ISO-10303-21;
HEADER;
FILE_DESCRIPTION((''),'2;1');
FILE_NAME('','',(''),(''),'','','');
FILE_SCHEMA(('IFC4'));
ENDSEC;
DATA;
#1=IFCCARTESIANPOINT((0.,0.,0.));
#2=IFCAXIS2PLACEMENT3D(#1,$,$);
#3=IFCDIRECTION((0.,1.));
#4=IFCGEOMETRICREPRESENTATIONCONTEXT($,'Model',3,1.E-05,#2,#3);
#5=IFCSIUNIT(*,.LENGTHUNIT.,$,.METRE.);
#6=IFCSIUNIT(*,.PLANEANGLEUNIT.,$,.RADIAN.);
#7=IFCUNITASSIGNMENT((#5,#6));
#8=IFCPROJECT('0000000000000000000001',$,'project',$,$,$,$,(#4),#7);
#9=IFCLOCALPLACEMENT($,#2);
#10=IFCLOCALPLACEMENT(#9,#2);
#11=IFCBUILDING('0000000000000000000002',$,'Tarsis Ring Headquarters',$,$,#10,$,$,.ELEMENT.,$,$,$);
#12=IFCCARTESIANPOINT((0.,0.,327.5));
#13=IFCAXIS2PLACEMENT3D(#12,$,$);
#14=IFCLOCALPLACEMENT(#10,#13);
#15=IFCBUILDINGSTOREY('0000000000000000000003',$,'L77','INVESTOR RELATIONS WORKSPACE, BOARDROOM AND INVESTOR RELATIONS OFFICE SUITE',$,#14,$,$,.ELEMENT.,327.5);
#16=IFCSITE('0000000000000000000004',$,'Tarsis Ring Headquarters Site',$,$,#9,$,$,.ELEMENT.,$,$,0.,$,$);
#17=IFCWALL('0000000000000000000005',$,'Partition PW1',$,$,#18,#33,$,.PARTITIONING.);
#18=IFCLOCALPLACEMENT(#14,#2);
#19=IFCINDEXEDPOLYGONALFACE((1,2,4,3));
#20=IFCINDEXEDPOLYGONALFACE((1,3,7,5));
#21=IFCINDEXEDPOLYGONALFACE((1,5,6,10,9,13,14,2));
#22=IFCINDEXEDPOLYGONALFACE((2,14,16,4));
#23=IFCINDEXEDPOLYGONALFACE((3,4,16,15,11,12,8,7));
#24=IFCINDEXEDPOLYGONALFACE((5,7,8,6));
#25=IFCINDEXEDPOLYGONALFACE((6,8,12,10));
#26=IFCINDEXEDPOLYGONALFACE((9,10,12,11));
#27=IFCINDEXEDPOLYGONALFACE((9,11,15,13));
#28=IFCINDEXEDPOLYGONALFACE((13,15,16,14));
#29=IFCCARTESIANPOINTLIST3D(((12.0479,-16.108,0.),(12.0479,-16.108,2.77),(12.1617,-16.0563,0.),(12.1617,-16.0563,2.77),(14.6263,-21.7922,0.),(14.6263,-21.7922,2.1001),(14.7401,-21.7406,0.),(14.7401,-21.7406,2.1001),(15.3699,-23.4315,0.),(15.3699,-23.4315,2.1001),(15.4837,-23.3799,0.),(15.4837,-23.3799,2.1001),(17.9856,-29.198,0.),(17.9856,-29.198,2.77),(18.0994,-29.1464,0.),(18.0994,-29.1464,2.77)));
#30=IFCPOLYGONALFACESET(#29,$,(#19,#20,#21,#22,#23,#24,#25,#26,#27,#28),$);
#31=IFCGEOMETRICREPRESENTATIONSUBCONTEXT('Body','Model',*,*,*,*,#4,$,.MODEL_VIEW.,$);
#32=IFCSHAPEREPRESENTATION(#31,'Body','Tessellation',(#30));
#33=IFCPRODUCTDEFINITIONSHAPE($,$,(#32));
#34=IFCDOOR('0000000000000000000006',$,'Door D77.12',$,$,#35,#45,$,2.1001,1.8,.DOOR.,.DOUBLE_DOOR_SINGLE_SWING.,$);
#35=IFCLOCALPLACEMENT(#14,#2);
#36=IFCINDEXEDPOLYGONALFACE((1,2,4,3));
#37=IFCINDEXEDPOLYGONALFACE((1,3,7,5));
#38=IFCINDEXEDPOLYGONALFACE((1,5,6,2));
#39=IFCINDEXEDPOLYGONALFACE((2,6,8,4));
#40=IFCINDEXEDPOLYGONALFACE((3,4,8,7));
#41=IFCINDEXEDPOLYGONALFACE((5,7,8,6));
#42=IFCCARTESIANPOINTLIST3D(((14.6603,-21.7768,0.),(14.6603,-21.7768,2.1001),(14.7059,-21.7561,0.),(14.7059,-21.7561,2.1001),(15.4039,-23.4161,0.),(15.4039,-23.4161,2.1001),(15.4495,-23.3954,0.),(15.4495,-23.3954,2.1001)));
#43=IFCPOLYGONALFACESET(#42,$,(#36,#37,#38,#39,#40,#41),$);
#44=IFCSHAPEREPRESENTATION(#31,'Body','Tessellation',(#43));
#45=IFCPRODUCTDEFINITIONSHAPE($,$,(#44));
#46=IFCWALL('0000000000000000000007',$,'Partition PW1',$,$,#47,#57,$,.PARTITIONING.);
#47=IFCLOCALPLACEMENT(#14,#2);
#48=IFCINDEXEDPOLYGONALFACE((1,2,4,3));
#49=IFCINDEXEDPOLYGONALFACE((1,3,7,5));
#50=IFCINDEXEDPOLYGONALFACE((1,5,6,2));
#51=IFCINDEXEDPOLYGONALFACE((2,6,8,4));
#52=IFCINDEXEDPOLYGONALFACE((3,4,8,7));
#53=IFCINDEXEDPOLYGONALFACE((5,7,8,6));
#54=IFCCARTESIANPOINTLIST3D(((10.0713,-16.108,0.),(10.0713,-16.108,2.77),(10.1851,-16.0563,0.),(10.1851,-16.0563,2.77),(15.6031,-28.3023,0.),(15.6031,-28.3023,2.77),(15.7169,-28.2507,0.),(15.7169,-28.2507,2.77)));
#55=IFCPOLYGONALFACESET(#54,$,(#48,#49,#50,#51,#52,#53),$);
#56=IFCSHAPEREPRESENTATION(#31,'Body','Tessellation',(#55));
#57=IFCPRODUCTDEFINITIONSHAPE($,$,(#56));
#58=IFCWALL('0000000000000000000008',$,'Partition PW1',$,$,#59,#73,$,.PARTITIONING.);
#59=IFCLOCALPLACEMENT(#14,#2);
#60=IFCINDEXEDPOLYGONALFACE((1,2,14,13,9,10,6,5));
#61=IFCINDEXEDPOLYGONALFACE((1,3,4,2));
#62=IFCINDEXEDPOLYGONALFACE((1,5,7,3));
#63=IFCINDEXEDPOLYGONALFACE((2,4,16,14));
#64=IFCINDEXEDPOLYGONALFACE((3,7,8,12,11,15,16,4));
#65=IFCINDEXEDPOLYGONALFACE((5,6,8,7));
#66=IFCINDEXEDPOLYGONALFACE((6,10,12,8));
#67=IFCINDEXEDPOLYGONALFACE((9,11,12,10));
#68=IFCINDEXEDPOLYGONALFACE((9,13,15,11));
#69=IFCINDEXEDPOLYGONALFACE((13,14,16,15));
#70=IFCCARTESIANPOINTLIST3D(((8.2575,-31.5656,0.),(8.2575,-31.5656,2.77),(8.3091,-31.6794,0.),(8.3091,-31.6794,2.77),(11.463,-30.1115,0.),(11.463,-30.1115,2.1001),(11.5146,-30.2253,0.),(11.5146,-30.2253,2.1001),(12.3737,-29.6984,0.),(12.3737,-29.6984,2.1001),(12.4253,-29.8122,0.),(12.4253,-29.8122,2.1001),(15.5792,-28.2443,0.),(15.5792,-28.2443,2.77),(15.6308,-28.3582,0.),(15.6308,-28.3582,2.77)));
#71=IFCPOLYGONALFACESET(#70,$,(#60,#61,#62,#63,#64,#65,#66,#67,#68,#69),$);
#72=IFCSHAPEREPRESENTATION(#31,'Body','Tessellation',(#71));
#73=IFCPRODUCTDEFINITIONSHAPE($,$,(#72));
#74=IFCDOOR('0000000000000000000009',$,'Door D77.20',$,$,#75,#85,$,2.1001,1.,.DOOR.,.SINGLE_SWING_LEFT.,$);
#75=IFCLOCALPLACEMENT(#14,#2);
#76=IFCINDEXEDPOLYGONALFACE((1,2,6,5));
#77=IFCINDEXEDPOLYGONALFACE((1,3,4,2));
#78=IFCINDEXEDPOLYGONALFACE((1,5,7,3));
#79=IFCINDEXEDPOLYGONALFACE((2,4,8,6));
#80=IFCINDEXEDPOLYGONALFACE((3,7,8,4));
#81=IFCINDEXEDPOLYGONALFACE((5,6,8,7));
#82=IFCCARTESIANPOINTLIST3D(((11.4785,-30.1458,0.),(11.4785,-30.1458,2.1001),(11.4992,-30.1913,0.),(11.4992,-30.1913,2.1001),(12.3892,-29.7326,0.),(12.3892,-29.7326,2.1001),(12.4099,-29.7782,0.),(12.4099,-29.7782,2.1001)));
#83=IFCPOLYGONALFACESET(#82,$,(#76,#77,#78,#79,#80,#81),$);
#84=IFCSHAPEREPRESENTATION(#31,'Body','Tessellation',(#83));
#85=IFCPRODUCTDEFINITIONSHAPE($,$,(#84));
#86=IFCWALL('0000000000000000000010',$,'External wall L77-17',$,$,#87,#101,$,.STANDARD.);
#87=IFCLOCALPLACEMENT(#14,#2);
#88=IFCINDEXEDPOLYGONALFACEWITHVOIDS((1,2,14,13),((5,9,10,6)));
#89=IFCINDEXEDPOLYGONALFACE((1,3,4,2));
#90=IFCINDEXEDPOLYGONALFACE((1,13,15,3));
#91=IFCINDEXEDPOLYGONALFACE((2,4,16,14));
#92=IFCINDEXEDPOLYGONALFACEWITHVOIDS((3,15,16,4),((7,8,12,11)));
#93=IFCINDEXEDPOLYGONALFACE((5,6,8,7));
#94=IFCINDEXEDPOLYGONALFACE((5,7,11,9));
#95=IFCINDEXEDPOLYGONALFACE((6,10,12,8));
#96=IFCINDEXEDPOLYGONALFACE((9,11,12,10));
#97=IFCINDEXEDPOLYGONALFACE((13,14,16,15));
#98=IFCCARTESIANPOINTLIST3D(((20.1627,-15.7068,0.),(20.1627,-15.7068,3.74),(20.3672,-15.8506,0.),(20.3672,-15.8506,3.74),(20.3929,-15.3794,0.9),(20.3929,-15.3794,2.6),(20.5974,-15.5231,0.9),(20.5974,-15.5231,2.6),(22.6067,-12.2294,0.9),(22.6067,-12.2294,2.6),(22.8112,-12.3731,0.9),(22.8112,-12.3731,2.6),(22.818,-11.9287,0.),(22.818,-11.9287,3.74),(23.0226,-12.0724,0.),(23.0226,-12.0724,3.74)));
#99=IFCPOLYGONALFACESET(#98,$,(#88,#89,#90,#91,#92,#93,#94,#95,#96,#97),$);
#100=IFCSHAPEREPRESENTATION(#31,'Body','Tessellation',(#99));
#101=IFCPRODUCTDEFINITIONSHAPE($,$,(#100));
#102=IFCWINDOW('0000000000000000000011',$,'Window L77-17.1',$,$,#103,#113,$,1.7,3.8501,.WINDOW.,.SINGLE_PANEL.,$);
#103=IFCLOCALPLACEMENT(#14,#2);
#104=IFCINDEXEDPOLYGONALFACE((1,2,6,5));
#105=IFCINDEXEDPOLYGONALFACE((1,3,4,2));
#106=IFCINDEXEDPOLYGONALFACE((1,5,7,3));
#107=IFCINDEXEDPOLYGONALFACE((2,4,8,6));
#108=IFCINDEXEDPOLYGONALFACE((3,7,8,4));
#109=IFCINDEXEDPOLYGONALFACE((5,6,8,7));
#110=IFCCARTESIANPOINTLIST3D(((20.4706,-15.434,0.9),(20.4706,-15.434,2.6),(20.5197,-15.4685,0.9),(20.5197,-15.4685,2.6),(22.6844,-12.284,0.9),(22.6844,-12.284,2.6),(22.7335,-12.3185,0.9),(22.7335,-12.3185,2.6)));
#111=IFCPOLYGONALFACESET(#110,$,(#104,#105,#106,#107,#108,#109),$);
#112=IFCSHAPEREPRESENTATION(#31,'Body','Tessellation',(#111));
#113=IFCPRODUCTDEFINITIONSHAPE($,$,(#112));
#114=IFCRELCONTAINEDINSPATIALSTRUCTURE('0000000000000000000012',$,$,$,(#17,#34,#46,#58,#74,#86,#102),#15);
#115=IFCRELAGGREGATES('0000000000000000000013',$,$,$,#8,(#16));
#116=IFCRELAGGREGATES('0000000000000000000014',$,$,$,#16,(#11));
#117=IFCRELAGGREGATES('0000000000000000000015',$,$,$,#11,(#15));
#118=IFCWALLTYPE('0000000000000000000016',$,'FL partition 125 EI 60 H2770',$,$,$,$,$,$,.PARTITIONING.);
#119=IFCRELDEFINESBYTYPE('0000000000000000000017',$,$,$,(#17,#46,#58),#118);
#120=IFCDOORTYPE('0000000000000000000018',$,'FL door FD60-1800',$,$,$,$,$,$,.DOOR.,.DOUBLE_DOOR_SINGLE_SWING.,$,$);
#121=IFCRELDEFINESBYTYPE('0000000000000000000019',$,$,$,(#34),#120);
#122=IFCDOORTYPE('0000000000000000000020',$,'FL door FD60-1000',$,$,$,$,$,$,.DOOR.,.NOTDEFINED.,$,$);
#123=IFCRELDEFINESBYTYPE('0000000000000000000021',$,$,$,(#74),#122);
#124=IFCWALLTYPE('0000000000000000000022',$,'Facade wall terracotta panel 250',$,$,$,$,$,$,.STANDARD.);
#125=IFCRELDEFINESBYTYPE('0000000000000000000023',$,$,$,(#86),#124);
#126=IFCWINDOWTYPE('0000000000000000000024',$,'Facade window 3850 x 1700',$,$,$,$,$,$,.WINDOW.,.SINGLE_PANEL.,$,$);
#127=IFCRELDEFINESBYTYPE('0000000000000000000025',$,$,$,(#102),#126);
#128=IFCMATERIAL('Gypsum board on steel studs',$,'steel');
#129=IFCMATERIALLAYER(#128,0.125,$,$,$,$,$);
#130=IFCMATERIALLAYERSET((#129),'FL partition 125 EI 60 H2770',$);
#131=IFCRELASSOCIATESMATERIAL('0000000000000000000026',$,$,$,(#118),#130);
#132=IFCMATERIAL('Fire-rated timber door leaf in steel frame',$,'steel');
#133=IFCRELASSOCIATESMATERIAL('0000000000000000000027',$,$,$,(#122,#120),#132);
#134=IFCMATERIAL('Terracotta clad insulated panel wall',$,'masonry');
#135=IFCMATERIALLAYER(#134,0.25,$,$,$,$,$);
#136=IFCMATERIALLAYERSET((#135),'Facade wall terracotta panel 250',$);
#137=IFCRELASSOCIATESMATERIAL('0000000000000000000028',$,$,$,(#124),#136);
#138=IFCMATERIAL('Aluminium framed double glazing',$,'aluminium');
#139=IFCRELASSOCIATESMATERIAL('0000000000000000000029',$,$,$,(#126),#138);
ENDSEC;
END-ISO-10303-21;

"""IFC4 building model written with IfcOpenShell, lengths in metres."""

from ifc_helpers import new_model, si_unit, direction, frame, frame_2d, origin, place, context, subcontext, project, spatial, rectangle, extrude, material, layer, layer_set, type_object, element, fill, save


model = new_model("IFC4")

# Units and contexts
model_context = context("Model", 3, precision=1e-05, world=origin(), true_north=direction((0.0, 1.0)))
body_context = subcontext(model_context, "Body", "Model", "MODEL_VIEW")
ifc_project = project(units=[si_unit("LENGTHUNIT", "METRE"), si_unit("PLANEANGLEUNIT", "RADIAN")], contexts=[model_context])

# Site, building, storey
site_placement = place(None, origin())
site = spatial("IfcSite", under=ifc_project, at=site_placement, Name="Tarsis Ring Headquarters Site", CompositionType="ELEMENT", RefElevation=0.0)
building_placement = place(site_placement, origin())
building = spatial("IfcBuilding", under=site, at=building_placement, Name="Tarsis Ring Headquarters", CompositionType="ELEMENT")
storey_placement = place(building_placement, frame((0.0, 0.0, 327.5)))
storey = spatial("IfcBuildingStorey", under=building, at=storey_placement, Name="L77", Description="INVESTOR RELATIONS WORKSPACE, BOARDROOM AND INVESTOR RELATIONS OFFICE SUITE", CompositionType="ELEMENT", Elevation=327.5)

# Shared definitions
ifc_material_1 = material(Name="Gypsum board on steel studs", Category="steel")

# Shared definitions
ifc_layer_1 = layer(ifc_material_1, 0.125)
ifc_layer_set_1 = layer_set([ifc_layer_1], Name="FL partition 125 EI 60 H2770")
wall_type_1 = type_object("IfcWallType", Name="FL partition 125 EI 60 H2770", PredefinedType="PARTITIONING", material=ifc_layer_set_1)
ifc_material_2 = material(Name="Fire-rated timber door leaf in steel frame", Category="steel")
door_type_1 = type_object("IfcDoorType", Name="FL door FD60-1000", OperationType="NOTDEFINED", PredefinedType="DOOR", material=ifc_material_2)
door_type_2 = type_object("IfcDoorType", Name="FL door FD60-1800", OperationType="DOUBLE_DOOR_SINGLE_SWING", PredefinedType="DOOR", material=ifc_material_2)

# Wall, opening, door
wall_1_placement = place(storey_placement, frame((12.1047, -16.082, 0.0), z_axis=(0.0, 0.0, 1.0), x_axis=(0.413094, -0.910688, 0.0)))
wall_1 = element("IfcWall", 1, at=wall_1_placement, inside=storey, type_object=wall_type_1, Name="Partition PW1", PredefinedType="PARTITIONING", context=body_context, shape_type="SweptSolid", body=[
    extrude(rectangle(XDim=14.3738, YDim=0.125, at=frame_2d((7.187, 0.0))), origin(), (0.0, 0.0, 1.0), 2.77),
])
opening_1_placement = place(wall_1_placement, frame((6.2419, 0.0, 0.0)))
opening_1 = element("IfcOpeningElement", 2, at=opening_1_placement, cuts=wall_1, PredefinedType="OPENING", context=body_context, shape_type="SweptSolid", body=[
    extrude(rectangle(XDim=1.8, YDim=2.1001, at=frame_2d((0.8999, 1.05))), frame((0.0, 0.0725, 0.0), z_axis=(0.0, -1.0, 0.0), x_axis=(1.0, 0.0, 0.0)), (0.0, 0.0, 1.0), 0.145),
])
door_1_placement = place(opening_1_placement, origin())
door_1 = element("IfcDoor", 3, at=door_1_placement, inside=storey, type_object=door_type_2, Name="Door D77.12", OperationType="DOUBLE_DOOR_SINGLE_SWING", OverallHeight=2.1001, OverallWidth=1.8, PredefinedType="DOOR", context=body_context, shape_type="SweptSolid", body=[
    extrude(rectangle(XDim=1.8, YDim=2.1001, at=frame_2d((0.8999, 1.05))), frame((0.0, 0.0249, 0.0), z_axis=(0.0, -1.0, 0.0), x_axis=(1.0, 0.0, 0.0)), (0.0, 0.0, 1.0), 0.05),
])
fill(opening_1, door_1)

# Wall
wall_2_placement = place(storey_placement, frame((10.1282, -16.082, 0.0), z_axis=(0.0, 0.0, 1.0), x_axis=(0.413113, -0.91068, 0.0)))
element("IfcWall", 4, at=wall_2_placement, inside=storey, type_object=wall_type_1, Name="Partition PW1", PredefinedType="PARTITIONING", context=body_context, shape_type="SweptSolid", body=[
    extrude(rectangle(XDim=13.3904, YDim=0.125, at=frame_2d((6.6953, 0.0))), origin(), (0.0, 0.0, 1.0), 2.77),
])

# Wall, opening, door
wall_3_placement = place(storey_placement, frame((8.2832, -31.6226, 0.0), z_axis=(0.0, 0.0, 1.0), x_axis=(0.910684, 0.413103, 0.0)))
wall_3 = element("IfcWall", 5, at=wall_3_placement, inside=storey, type_object=wall_type_1, Name="Partition PW1", PredefinedType="PARTITIONING", context=body_context, shape_type="SweptSolid", body=[
    extrude(rectangle(XDim=8.0398, YDim=0.125, at=frame_2d((4.02, 0.0))), origin(), (0.0, 0.0, 1.0), 2.77),
])
opening_2_placement = place(wall_3_placement, frame((3.52, 0.0, 0.0)))
opening_2 = element("IfcOpeningElement", 6, at=opening_2_placement, cuts=wall_3, PredefinedType="OPENING", context=body_context, shape_type="SweptSolid", body=[
    extrude(rectangle(XDim=1.0, YDim=2.1001, at=frame_2d((0.5, 1.05))), frame((0.0, 0.0725, 0.0), z_axis=(0.0, -1.0, 0.0), x_axis=(1.0, 0.0, 0.0)), (0.0, 0.0, 1.0), 0.145),
])
door_2_placement = place(opening_2_placement, origin())
door_2 = element("IfcDoor", 7, at=door_2_placement, inside=storey, type_object=door_type_1, Name="Door D77.20", OperationType="SINGLE_SWING_LEFT", OverallHeight=2.1001, OverallWidth=1.0, PredefinedType="DOOR", context=body_context, shape_type="SweptSolid", body=[
    extrude(rectangle(XDim=1.0, YDim=2.1001, at=frame_2d((0.5, 1.05))), frame((0.0, 0.0249, 0.0), z_axis=(0.0, -1.0, 0.0), x_axis=(1.0, 0.0, 0.0)), (0.0, 0.0, 1.0), 0.05),
])
fill(opening_2, door_2)

# Wall, opening, window
ifc_material_3 = material(Name="Terracotta clad insulated panel wall", Category="masonry")
ifc_layer_2 = layer(ifc_material_3, 0.25)
ifc_layer_set_2 = layer_set([ifc_layer_2], Name="Facade wall terracotta panel 250")
wall_type_2 = type_object("IfcWallType", Name="Facade wall terracotta panel 250", PredefinedType="STANDARD", material=ifc_layer_set_2)
wall_4_placement = place(storey_placement, frame((20.2649, -15.7788, 0.0), z_axis=(0.0, 0.0, 1.0), x_axis=(0.575005, 0.81815, 0.0)))
wall_4 = element("IfcWall", 8, at=wall_4_placement, inside=storey, type_object=wall_type_2, Name="External wall L77-17", PredefinedType="STANDARD", context=body_context, shape_type="SweptSolid", body=[
    extrude(rectangle(XDim=4.6179, YDim=0.25, at=frame_2d((2.3091, 0.0))), origin(), (0.0, 0.0, 1.0), 3.74),
])
opening_3_placement = place(wall_4_placement, frame((0.4004, 0.0, 0.8999)))
opening_3 = element("IfcOpeningElement", 9, at=opening_3_placement, cuts=wall_4, PredefinedType="OPENING", context=body_context, shape_type="SweptSolid", body=[
    extrude(rectangle(XDim=3.8501, YDim=1.7, at=frame_2d((1.925, 0.8501))), frame((0.0, 0.135, 0.0), z_axis=(0.0, -1.0, 0.0), x_axis=(1.0, 0.0, 0.0)), (0.0, 0.0, 1.0), 0.27),
])
ifc_material_4 = material(Name="Aluminium framed double glazing", Category="aluminium")
window_type = type_object("IfcWindowType", Name="Facade window 3850 x 1700", PartitioningType="SINGLE_PANEL", PredefinedType="WINDOW", material=ifc_material_4)
window_placement = place(opening_3_placement, origin())
window = element("IfcWindow", 10, at=window_placement, inside=storey, type_object=window_type, Name="Window L77-17.1", OverallHeight=1.7, OverallWidth=3.8501, PartitioningType="SINGLE_PANEL", PredefinedType="WINDOW", context=body_context, shape_type="SweptSolid", body=[
    extrude(rectangle(XDim=3.8501, YDim=1.7, at=frame_2d((1.925, 0.8501))), frame((0.0, 0.03, 0.0), z_axis=(0.0, -1.0, 0.0), x_axis=(1.0, 0.0, 0.0)), (0.0, 0.0, 1.0), 0.0601),
])
fill(opening_3, window)

save(model, "model.ifc")
